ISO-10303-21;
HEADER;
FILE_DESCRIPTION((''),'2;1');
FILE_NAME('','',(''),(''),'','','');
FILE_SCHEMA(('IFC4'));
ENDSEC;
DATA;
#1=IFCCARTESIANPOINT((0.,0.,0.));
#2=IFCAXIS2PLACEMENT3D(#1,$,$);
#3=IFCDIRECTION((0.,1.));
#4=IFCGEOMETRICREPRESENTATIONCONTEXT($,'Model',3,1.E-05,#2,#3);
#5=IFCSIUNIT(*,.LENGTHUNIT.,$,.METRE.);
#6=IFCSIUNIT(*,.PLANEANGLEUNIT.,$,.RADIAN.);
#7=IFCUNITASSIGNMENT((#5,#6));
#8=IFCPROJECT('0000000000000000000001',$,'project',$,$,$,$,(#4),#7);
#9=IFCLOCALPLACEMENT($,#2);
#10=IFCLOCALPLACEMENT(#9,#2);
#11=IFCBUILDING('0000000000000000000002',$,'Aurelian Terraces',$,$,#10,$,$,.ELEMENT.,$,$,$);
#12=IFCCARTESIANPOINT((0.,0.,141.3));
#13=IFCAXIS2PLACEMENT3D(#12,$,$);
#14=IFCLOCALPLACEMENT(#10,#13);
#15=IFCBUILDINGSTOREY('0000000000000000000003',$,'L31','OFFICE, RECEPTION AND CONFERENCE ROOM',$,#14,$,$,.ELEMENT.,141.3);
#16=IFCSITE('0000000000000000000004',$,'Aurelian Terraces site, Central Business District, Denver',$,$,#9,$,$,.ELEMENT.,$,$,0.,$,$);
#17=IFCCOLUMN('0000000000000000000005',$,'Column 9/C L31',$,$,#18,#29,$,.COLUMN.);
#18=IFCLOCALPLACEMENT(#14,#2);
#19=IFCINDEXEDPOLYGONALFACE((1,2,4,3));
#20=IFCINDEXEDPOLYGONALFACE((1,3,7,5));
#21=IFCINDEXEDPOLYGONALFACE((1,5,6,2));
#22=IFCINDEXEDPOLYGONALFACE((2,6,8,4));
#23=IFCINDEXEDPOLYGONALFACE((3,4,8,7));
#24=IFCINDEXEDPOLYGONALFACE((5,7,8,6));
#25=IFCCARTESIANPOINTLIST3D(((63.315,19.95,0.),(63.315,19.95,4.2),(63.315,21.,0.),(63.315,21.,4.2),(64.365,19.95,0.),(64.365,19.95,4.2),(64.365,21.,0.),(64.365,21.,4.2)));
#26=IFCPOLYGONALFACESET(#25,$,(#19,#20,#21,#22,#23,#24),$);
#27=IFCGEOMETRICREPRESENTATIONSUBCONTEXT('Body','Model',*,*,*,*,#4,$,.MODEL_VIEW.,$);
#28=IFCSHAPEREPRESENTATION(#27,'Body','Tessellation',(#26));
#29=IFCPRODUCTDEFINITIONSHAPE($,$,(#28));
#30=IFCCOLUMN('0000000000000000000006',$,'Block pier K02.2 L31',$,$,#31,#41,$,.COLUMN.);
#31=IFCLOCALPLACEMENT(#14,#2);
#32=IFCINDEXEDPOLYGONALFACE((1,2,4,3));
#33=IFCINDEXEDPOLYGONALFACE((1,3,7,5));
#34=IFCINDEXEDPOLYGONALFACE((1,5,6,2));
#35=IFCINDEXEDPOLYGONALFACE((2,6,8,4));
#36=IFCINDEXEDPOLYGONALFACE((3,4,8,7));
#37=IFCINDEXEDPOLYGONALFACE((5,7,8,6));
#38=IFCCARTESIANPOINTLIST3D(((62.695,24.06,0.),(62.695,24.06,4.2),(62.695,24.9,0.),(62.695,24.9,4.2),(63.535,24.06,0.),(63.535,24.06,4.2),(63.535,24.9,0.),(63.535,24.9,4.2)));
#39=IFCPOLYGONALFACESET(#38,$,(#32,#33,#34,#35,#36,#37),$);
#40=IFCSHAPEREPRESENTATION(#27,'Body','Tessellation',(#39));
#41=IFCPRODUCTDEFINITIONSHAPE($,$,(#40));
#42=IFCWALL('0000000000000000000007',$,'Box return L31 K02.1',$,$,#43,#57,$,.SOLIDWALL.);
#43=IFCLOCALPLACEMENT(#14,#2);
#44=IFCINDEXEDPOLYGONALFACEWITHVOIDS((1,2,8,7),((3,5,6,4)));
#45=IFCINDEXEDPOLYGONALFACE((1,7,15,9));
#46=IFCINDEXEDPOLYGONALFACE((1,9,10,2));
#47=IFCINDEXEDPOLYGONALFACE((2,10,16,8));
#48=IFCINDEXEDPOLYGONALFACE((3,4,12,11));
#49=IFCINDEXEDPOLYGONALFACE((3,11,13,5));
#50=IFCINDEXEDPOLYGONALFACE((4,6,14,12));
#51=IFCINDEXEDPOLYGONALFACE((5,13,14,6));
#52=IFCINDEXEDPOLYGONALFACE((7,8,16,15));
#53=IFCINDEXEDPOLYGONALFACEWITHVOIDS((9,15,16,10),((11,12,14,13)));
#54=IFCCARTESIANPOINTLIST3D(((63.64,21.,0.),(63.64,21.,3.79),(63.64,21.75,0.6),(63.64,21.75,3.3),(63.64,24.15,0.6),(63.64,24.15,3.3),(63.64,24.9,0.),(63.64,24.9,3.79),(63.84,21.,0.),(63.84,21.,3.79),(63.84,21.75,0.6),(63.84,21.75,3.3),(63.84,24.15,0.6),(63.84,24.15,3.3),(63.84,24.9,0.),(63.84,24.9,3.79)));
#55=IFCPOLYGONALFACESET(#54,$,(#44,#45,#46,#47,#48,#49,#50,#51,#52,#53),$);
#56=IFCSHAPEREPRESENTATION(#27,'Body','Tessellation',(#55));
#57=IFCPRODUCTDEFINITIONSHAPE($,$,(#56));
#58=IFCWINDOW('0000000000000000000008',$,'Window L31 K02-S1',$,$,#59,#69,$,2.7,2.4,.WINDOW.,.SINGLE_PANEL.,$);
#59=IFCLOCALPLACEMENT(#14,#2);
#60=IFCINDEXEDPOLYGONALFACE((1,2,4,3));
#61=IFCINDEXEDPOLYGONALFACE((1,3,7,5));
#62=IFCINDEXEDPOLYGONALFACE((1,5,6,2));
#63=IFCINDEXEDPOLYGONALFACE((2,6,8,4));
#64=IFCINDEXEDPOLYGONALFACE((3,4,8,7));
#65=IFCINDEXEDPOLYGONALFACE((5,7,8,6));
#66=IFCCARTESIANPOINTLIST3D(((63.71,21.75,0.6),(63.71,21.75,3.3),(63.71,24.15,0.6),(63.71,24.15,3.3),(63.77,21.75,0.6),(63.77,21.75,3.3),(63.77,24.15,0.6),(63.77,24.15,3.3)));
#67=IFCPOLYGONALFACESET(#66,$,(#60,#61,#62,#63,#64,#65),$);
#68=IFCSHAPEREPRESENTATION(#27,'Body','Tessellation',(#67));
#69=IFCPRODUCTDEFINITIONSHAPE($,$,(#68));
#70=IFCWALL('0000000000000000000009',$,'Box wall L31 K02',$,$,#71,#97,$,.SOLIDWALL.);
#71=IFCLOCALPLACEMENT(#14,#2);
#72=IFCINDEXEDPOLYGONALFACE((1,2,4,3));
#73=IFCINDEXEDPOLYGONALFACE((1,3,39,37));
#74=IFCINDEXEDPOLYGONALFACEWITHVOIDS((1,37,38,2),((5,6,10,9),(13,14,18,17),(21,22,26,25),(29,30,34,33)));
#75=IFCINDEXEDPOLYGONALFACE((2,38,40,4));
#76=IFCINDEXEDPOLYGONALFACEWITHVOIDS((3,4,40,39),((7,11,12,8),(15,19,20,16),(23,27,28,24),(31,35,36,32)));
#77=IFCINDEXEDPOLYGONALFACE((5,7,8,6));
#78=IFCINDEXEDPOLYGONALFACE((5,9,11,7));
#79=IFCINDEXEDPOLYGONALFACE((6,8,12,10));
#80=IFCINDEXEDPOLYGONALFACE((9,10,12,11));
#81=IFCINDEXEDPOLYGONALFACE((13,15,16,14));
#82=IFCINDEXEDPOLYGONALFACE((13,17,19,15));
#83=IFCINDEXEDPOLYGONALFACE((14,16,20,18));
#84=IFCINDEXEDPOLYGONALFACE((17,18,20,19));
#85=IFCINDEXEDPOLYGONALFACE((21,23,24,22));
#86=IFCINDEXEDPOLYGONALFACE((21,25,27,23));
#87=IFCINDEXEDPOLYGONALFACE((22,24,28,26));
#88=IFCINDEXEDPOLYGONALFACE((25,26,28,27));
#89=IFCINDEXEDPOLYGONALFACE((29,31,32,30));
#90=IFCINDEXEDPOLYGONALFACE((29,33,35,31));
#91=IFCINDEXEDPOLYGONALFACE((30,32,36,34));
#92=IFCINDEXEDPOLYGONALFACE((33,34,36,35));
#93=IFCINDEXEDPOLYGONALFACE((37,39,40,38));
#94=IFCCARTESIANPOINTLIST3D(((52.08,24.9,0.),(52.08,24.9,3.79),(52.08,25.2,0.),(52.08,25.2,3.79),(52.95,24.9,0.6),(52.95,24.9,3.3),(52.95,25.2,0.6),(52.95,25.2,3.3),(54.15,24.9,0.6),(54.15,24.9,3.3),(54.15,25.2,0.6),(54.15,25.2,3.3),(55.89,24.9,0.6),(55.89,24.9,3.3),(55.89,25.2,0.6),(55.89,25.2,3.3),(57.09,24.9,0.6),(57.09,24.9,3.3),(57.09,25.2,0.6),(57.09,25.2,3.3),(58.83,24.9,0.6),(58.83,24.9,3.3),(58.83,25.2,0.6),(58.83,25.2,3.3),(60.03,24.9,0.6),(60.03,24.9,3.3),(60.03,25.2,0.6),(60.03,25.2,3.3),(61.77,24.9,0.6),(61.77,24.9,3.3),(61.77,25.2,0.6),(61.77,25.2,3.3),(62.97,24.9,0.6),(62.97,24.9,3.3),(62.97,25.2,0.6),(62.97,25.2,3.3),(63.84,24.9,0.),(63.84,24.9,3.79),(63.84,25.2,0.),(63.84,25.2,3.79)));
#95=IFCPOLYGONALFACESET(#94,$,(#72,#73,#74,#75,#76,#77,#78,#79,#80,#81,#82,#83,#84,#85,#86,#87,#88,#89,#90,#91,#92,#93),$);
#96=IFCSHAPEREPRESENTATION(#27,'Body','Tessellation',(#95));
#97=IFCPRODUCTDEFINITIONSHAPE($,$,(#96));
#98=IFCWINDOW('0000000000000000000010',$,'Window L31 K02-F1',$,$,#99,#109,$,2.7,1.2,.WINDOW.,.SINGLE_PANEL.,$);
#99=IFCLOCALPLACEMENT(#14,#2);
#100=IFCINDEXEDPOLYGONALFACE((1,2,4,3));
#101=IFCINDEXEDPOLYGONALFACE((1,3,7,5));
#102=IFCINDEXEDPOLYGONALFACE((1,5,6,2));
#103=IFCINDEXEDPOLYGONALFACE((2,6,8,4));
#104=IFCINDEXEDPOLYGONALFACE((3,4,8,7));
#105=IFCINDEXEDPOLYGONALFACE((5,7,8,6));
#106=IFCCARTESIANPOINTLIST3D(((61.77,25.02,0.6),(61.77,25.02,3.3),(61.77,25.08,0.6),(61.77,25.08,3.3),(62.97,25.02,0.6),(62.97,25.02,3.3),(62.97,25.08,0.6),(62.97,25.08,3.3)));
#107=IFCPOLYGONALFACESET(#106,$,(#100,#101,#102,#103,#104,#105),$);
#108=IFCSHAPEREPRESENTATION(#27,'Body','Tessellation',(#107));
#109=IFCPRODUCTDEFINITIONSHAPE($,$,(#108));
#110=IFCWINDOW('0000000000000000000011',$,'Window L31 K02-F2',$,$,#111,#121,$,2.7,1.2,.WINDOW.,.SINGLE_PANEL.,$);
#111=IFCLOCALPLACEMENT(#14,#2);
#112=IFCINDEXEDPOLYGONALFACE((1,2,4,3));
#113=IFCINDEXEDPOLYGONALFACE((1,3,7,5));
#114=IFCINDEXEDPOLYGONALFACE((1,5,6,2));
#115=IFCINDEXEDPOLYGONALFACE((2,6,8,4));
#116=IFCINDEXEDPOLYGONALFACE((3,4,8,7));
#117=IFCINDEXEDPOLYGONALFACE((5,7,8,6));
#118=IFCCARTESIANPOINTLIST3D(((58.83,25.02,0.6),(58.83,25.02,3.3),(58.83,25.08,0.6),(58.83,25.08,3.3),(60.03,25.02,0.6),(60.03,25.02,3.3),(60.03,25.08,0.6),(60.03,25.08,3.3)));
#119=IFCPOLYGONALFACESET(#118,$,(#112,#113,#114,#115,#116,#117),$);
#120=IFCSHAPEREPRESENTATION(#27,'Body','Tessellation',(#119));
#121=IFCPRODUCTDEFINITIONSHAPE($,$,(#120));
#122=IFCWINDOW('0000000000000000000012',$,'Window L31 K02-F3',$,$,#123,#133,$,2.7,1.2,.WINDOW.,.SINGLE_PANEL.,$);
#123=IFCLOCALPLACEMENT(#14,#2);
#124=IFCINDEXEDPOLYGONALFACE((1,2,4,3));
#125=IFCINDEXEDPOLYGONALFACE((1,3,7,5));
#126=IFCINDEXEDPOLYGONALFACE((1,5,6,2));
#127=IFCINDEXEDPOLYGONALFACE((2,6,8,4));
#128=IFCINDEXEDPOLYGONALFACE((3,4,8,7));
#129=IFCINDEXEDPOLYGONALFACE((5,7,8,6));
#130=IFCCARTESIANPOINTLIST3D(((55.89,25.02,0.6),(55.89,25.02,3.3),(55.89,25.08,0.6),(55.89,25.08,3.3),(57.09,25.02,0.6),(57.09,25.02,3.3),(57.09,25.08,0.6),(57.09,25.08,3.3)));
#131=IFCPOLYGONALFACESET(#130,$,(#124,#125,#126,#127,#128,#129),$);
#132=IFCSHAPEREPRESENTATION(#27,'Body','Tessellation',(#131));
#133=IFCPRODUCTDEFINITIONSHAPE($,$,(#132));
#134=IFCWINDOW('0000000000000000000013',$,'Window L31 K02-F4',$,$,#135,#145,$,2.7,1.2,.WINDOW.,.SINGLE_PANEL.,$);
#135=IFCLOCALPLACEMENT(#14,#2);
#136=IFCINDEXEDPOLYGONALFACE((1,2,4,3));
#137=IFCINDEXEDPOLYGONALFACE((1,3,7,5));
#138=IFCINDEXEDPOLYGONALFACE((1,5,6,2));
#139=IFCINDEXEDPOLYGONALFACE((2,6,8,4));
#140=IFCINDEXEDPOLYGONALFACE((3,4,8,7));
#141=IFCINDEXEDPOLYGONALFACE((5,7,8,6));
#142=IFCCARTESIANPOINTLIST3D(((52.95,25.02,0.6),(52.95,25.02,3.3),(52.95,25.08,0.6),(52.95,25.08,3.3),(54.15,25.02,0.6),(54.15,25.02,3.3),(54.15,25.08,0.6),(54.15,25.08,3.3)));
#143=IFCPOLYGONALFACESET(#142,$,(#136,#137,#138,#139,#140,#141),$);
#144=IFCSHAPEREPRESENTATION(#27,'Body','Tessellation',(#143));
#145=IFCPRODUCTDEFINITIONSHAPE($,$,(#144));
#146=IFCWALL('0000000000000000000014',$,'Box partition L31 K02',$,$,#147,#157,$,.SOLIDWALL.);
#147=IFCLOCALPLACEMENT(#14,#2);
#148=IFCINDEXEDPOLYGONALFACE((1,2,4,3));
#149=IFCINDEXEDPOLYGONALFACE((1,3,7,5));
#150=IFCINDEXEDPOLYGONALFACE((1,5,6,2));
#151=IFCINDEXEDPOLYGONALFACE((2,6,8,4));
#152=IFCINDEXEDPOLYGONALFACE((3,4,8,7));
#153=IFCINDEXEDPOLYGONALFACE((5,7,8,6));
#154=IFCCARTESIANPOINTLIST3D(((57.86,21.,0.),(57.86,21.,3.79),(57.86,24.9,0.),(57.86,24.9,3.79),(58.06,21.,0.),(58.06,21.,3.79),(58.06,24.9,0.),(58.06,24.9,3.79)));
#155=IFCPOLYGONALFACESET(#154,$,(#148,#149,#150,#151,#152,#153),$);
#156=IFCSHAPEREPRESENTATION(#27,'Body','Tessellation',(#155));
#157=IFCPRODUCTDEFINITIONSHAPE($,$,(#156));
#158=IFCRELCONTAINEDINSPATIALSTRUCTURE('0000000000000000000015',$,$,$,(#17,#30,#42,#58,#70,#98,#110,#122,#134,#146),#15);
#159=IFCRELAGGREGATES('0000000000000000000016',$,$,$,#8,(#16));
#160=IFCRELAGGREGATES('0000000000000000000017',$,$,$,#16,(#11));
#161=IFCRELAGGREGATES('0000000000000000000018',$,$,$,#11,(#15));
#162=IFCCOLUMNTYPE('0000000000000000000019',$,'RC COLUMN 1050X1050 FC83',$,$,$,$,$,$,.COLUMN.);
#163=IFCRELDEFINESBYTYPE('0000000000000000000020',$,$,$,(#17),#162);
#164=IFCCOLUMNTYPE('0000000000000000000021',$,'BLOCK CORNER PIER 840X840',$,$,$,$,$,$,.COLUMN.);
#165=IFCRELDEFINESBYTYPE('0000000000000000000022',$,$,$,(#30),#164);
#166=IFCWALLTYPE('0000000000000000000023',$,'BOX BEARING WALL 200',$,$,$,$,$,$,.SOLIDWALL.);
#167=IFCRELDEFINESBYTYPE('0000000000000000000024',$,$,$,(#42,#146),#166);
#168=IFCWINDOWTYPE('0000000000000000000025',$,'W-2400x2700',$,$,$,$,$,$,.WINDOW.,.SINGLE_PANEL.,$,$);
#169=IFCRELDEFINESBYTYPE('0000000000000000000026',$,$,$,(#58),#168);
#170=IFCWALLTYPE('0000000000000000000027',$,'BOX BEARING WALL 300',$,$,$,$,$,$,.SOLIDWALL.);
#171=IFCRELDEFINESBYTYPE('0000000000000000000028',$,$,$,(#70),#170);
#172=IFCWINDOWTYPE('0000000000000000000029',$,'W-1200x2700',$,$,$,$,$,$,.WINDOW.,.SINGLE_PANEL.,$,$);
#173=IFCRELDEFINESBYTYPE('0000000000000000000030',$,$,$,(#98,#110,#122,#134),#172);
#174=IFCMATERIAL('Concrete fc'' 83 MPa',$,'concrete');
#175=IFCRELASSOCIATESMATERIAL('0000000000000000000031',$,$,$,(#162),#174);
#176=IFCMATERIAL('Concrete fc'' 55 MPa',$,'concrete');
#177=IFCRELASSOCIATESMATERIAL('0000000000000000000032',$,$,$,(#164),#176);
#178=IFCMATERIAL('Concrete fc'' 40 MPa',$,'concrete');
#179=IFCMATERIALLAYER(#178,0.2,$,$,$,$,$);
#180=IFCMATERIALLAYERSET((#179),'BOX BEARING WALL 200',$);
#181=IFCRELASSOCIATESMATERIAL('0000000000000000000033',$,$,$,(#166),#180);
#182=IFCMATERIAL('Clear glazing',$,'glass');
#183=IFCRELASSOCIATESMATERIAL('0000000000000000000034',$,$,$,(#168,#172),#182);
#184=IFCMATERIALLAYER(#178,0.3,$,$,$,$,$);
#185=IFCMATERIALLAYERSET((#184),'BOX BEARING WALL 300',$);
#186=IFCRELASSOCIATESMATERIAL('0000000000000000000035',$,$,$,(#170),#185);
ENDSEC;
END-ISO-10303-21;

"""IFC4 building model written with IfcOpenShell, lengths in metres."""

from ifc_helpers import new_model, si_unit, direction, frame, frame_2d, origin, origin_2d, place, context, subcontext, project, spatial, rectangle, extrude, source, transform, mapped, material, layer, layer_set, material_profile, profile_set, type_object, element, fill, save


model = new_model("IFC4")

# Units and contexts
model_context = context("Model", 3, precision=1e-05, world=origin(), true_north=direction((0.0, 1.0)))
body_context = subcontext(model_context, "Body", "Model", "MODEL_VIEW")
ifc_project = project(units=[si_unit("LENGTHUNIT", "METRE"), si_unit("PLANEANGLEUNIT", "RADIAN")], contexts=[model_context])

# Site, building, storey
site_placement = place(None, origin())
site = spatial("IfcSite", under=ifc_project, at=site_placement, Name="Aurelian Terraces site, Central Business District, Denver", CompositionType="ELEMENT", RefElevation=0.0)
building_placement = place(site_placement, origin())
building = spatial("IfcBuilding", under=site, at=building_placement, Name="Aurelian Terraces", CompositionType="ELEMENT")
storey_placement = place(building_placement, frame((0.0, 0.0, 141.3)))
storey = spatial("IfcBuildingStorey", under=building, at=storey_placement, Name="L31", Description="OFFICE, RECEPTION AND CONFERENCE ROOM", CompositionType="ELEMENT", Elevation=141.3)

# Columns
ifc_material_1 = material(Name="Concrete fc' 83 MPa", Category="concrete")
ifc_material_profile_1 = material_profile(ifc_material_1, rectangle(XDim=1.05, YDim=1.05, at=origin_2d()))
ifc_profile_set_1 = profile_set([ifc_material_profile_1], Name="Concrete fc' 83 MPa")
column_type_1 = type_object("IfcColumnType", Name="RC COLUMN 1050X1050 FC83", PredefinedType="COLUMN", material=ifc_profile_set_1)
shared_shape_1 = source(origin(), body_context, "Body", "SweptSolid", [
    extrude(rectangle(XDim=1.05, YDim=1.05, at=origin_2d()), origin(), (0.0, 0.0, 1.0), 4.2),
])
column_1_placement = place(storey_placement, frame((63.84, 20.475, 0.0), z_axis=(0.0, 0.0, 1.0), x_axis=(1.0, 0.0, 0.0)))
element("IfcColumn", 1, at=column_1_placement, inside=storey, type_object=column_type_1, Name="Column 9/C L31", PredefinedType="COLUMN", context=body_context, shape_type="MappedRepresentation", body=[
    mapped(shared_shape_1, transform((0.0, 0.0, 0.0), scale=1.0)),
])
ifc_material_2 = material(Name="Concrete fc' 55 MPa", Category="concrete")
ifc_material_profile_2 = material_profile(ifc_material_2, rectangle(XDim=0.84, YDim=0.84, at=origin_2d()))
ifc_profile_set_2 = profile_set([ifc_material_profile_2], Name="Concrete fc' 55 MPa")
column_type_2 = type_object("IfcColumnType", Name="BLOCK CORNER PIER 840X840", PredefinedType="COLUMN", material=ifc_profile_set_2)
shared_shape_2 = source(origin(), body_context, "Body", "SweptSolid", [
    extrude(rectangle(XDim=0.84, YDim=0.84, at=origin_2d()), origin(), (0.0, 0.0, 1.0), 4.2),
])
column_2_placement = place(storey_placement, frame((63.115, 24.48, 0.0), z_axis=(0.0, 0.0, 1.0), x_axis=(1.0, 0.0, 0.0)))
element("IfcColumn", 2, at=column_2_placement, inside=storey, type_object=column_type_2, Name="Block pier K02.2 L31", PredefinedType="COLUMN", context=body_context, shape_type="MappedRepresentation", body=[
    mapped(shared_shape_2, transform((0.0, 0.0, 0.0), scale=1.0)),
])

# Wall, opening, window
ifc_material_3 = material(Name="Concrete fc' 40 MPa", Category="concrete")
ifc_layer_1 = layer(ifc_material_3, 0.2)
ifc_layer_set_1 = layer_set([ifc_layer_1], Name="BOX BEARING WALL 200")
wall_type_1 = type_object("IfcWallType", Name="BOX BEARING WALL 200", PredefinedType="SOLIDWALL", material=ifc_layer_set_1)
shared_shape_3 = source(origin(), body_context, "Body", "SweptSolid", [
    extrude(rectangle(XDim=3.9, YDim=0.2, at=frame_2d((1.95, 0.0))), origin(), (0.0, 0.0, 1.0), 3.79),
])
wall_1_placement = place(storey_placement, frame((63.74, 21.0, 0.0), z_axis=(0.0, 0.0, 1.0), x_axis=(0.0, 1.0, 0.0)))
wall_1 = element("IfcWall", 3, at=wall_1_placement, inside=storey, type_object=wall_type_1, Name="Box return L31 K02.1", PredefinedType="SOLIDWALL", context=body_context, shape_type="MappedRepresentation", body=[
    mapped(shared_shape_3, transform((0.0, 0.0, 0.0), scale=1.0)),
])
shared_shape_4 = source(origin(), body_context, "Body", "SweptSolid", [
    extrude(rectangle(XDim=2.4, YDim=2.7, at=frame_2d((1.2, 1.35))), frame((0.0, 0.11, 0.0), z_axis=(0.0, -1.0, 0.0), x_axis=(1.0, 0.0, 0.0)), (0.0, 0.0, 1.0), 0.22),
])
opening_1_placement = place(wall_1_placement, frame((0.75, 0.0, 0.6)))
opening_1 = element("IfcOpeningElement", 4, at=opening_1_placement, cuts=wall_1, PredefinedType="OPENING", context=body_context, shape_type="MappedRepresentation", body=[
    mapped(shared_shape_4, transform((0.0, 0.0, 0.0), scale=1.0)),
])
ifc_material_4 = material(Name="Clear glazing", Category="glass")
window_type_1 = type_object("IfcWindowType", Name="W-2400x2700", PartitioningType="SINGLE_PANEL", PredefinedType="WINDOW", material=ifc_material_4)
shared_shape_5 = source(origin(), body_context, "Body", "SweptSolid", [
    extrude(rectangle(XDim=2.4, YDim=2.7, at=frame_2d((1.2, 1.35))), frame((0.0, 0.03, 0.0), z_axis=(0.0, -1.0, 0.0), x_axis=(1.0, 0.0, 0.0)), (0.0, 0.0, 1.0), 0.06),
])
window_1_placement = place(opening_1_placement, origin())
window_1 = element("IfcWindow", 5, at=window_1_placement, inside=storey, type_object=window_type_1, Name="Window L31 K02-S1", OverallHeight=2.7, OverallWidth=2.4, PartitioningType="SINGLE_PANEL", PredefinedType="WINDOW", context=body_context, shape_type="MappedRepresentation", body=[
    mapped(shared_shape_5, transform((0.0, 0.0, 0.0), scale=1.0)),
])
fill(opening_1, window_1)

# Wall, openings, windows
ifc_layer_2 = layer(ifc_material_3, 0.3)
ifc_layer_set_2 = layer_set([ifc_layer_2], Name="BOX BEARING WALL 300")
wall_type_2 = type_object("IfcWallType", Name="BOX BEARING WALL 300", PredefinedType="SOLIDWALL", material=ifc_layer_set_2)
shared_shape_6 = source(origin(), body_context, "Body", "SweptSolid", [
    extrude(rectangle(XDim=11.76, YDim=0.3, at=frame_2d((5.88, 0.0))), origin(), (0.0, 0.0, 1.0), 3.79),
])
wall_2_placement = place(storey_placement, frame((63.84, 25.05, 0.0), z_axis=(0.0, 0.0, 1.0), x_axis=(-1.0, 0.0, 0.0)))
wall_2 = element("IfcWall", 6, at=wall_2_placement, inside=storey, type_object=wall_type_2, Name="Box wall L31 K02", PredefinedType="SOLIDWALL", context=body_context, shape_type="MappedRepresentation", body=[
    mapped(shared_shape_6, transform((0.0, 0.0, 0.0), scale=1.0)),
])
shared_shape_7 = source(origin(), body_context, "Body", "SweptSolid", [
    extrude(rectangle(XDim=1.2, YDim=2.7, at=frame_2d((0.6, 1.35))), frame((0.0, 0.16, 0.0), z_axis=(0.0, -1.0, 0.0), x_axis=(1.0, 0.0, 0.0)), (0.0, 0.0, 1.0), 0.32),
])
opening_2_placement = place(wall_2_placement, frame((0.87, 0.0, 0.6)))
opening_2 = element("IfcOpeningElement", 7, at=opening_2_placement, cuts=wall_2, PredefinedType="OPENING", context=body_context, shape_type="MappedRepresentation", body=[
    mapped(shared_shape_7, transform((0.0, 0.0, 0.0), scale=1.0)),
])
opening_3_placement = place(wall_2_placement, frame((3.81, 0.0, 0.6)))
opening_3 = element("IfcOpeningElement", 8, at=opening_3_placement, cuts=wall_2, PredefinedType="OPENING", context=body_context, shape_type="MappedRepresentation", body=[
    mapped(shared_shape_7, transform((0.0, 0.0, 0.0), scale=1.0)),
])
opening_4_placement = place(wall_2_placement, frame((6.75, 0.0, 0.6)))
opening_4 = element("IfcOpeningElement", 9, at=opening_4_placement, cuts=wall_2, PredefinedType="OPENING", context=body_context, shape_type="MappedRepresentation", body=[
    mapped(shared_shape_7, transform((0.0, 0.0, 0.0), scale=1.0)),
])
opening_5_placement = place(wall_2_placement, frame((9.69, 0.0, 0.6)))
opening_5 = element("IfcOpeningElement", 10, at=opening_5_placement, cuts=wall_2, PredefinedType="OPENING", context=body_context, shape_type="MappedRepresentation", body=[
    mapped(shared_shape_7, transform((0.0, 0.0, 0.0), scale=1.0)),
])
window_type_2 = type_object("IfcWindowType", Name="W-1200x2700", PartitioningType="SINGLE_PANEL", PredefinedType="WINDOW", material=ifc_material_4)
shared_shape_8 = source(origin(), body_context, "Body", "SweptSolid", [
    extrude(rectangle(XDim=1.2, YDim=2.7, at=frame_2d((0.6, 1.35))), frame((0.0, 0.03, 0.0), z_axis=(0.0, -1.0, 0.0), x_axis=(1.0, 0.0, 0.0)), (0.0, 0.0, 1.0), 0.06),
])
window_2_placement = place(opening_2_placement, origin())
window_2 = element("IfcWindow", 11, at=window_2_placement, inside=storey, type_object=window_type_2, Name="Window L31 K02-F1", OverallHeight=2.7, OverallWidth=1.2, PartitioningType="SINGLE_PANEL", PredefinedType="WINDOW", context=body_context, shape_type="MappedRepresentation", body=[
    mapped(shared_shape_8, transform((0.0, 0.0, 0.0), scale=1.0)),
])
fill(opening_2, window_2)
window_3_placement = place(opening_3_placement, origin())
window_3 = element("IfcWindow", 12, at=window_3_placement, inside=storey, type_object=window_type_2, Name="Window L31 K02-F2", OverallHeight=2.7, OverallWidth=1.2, PartitioningType="SINGLE_PANEL", PredefinedType="WINDOW", context=body_context, shape_type="MappedRepresentation", body=[
    mapped(shared_shape_8, transform((0.0, 0.0, 0.0), scale=1.0)),
])
fill(opening_3, window_3)
window_4_placement = place(opening_4_placement, origin())
window_4 = element("IfcWindow", 13, at=window_4_placement, inside=storey, type_object=window_type_2, Name="Window L31 K02-F3", OverallHeight=2.7, OverallWidth=1.2, PartitioningType="SINGLE_PANEL", PredefinedType="WINDOW", context=body_context, shape_type="MappedRepresentation", body=[
    mapped(shared_shape_8, transform((0.0, 0.0, 0.0), scale=1.0)),
])
fill(opening_4, window_4)
window_5_placement = place(opening_5_placement, origin())
window_5 = element("IfcWindow", 14, at=window_5_placement, inside=storey, type_object=window_type_2, Name="Window L31 K02-F4", OverallHeight=2.7, OverallWidth=1.2, PartitioningType="SINGLE_PANEL", PredefinedType="WINDOW", context=body_context, shape_type="MappedRepresentation", body=[
    mapped(shared_shape_8, transform((0.0, 0.0, 0.0), scale=1.0)),
])
fill(opening_5, window_5)

# Wall
shared_shape_9 = source(origin(), body_context, "Body", "SweptSolid", [
    extrude(rectangle(XDim=3.9, YDim=0.2, at=frame_2d((1.95, 0.0))), origin(), (0.0, 0.0, 1.0), 3.79),
])
wall_3_placement = place(storey_placement, frame((57.96, 21.0, 0.0), z_axis=(0.0, 0.0, 1.0), x_axis=(0.0, 1.0, 0.0)))
element("IfcWall", 15, at=wall_3_placement, inside=storey, type_object=wall_type_1, Name="Box partition L31 K02", PredefinedType="SOLIDWALL", context=body_context, shape_type="MappedRepresentation", body=[
    mapped(shared_shape_9, transform((0.0, 0.0, 0.0), scale=1.0)),
])

save(model, "model.ifc")
